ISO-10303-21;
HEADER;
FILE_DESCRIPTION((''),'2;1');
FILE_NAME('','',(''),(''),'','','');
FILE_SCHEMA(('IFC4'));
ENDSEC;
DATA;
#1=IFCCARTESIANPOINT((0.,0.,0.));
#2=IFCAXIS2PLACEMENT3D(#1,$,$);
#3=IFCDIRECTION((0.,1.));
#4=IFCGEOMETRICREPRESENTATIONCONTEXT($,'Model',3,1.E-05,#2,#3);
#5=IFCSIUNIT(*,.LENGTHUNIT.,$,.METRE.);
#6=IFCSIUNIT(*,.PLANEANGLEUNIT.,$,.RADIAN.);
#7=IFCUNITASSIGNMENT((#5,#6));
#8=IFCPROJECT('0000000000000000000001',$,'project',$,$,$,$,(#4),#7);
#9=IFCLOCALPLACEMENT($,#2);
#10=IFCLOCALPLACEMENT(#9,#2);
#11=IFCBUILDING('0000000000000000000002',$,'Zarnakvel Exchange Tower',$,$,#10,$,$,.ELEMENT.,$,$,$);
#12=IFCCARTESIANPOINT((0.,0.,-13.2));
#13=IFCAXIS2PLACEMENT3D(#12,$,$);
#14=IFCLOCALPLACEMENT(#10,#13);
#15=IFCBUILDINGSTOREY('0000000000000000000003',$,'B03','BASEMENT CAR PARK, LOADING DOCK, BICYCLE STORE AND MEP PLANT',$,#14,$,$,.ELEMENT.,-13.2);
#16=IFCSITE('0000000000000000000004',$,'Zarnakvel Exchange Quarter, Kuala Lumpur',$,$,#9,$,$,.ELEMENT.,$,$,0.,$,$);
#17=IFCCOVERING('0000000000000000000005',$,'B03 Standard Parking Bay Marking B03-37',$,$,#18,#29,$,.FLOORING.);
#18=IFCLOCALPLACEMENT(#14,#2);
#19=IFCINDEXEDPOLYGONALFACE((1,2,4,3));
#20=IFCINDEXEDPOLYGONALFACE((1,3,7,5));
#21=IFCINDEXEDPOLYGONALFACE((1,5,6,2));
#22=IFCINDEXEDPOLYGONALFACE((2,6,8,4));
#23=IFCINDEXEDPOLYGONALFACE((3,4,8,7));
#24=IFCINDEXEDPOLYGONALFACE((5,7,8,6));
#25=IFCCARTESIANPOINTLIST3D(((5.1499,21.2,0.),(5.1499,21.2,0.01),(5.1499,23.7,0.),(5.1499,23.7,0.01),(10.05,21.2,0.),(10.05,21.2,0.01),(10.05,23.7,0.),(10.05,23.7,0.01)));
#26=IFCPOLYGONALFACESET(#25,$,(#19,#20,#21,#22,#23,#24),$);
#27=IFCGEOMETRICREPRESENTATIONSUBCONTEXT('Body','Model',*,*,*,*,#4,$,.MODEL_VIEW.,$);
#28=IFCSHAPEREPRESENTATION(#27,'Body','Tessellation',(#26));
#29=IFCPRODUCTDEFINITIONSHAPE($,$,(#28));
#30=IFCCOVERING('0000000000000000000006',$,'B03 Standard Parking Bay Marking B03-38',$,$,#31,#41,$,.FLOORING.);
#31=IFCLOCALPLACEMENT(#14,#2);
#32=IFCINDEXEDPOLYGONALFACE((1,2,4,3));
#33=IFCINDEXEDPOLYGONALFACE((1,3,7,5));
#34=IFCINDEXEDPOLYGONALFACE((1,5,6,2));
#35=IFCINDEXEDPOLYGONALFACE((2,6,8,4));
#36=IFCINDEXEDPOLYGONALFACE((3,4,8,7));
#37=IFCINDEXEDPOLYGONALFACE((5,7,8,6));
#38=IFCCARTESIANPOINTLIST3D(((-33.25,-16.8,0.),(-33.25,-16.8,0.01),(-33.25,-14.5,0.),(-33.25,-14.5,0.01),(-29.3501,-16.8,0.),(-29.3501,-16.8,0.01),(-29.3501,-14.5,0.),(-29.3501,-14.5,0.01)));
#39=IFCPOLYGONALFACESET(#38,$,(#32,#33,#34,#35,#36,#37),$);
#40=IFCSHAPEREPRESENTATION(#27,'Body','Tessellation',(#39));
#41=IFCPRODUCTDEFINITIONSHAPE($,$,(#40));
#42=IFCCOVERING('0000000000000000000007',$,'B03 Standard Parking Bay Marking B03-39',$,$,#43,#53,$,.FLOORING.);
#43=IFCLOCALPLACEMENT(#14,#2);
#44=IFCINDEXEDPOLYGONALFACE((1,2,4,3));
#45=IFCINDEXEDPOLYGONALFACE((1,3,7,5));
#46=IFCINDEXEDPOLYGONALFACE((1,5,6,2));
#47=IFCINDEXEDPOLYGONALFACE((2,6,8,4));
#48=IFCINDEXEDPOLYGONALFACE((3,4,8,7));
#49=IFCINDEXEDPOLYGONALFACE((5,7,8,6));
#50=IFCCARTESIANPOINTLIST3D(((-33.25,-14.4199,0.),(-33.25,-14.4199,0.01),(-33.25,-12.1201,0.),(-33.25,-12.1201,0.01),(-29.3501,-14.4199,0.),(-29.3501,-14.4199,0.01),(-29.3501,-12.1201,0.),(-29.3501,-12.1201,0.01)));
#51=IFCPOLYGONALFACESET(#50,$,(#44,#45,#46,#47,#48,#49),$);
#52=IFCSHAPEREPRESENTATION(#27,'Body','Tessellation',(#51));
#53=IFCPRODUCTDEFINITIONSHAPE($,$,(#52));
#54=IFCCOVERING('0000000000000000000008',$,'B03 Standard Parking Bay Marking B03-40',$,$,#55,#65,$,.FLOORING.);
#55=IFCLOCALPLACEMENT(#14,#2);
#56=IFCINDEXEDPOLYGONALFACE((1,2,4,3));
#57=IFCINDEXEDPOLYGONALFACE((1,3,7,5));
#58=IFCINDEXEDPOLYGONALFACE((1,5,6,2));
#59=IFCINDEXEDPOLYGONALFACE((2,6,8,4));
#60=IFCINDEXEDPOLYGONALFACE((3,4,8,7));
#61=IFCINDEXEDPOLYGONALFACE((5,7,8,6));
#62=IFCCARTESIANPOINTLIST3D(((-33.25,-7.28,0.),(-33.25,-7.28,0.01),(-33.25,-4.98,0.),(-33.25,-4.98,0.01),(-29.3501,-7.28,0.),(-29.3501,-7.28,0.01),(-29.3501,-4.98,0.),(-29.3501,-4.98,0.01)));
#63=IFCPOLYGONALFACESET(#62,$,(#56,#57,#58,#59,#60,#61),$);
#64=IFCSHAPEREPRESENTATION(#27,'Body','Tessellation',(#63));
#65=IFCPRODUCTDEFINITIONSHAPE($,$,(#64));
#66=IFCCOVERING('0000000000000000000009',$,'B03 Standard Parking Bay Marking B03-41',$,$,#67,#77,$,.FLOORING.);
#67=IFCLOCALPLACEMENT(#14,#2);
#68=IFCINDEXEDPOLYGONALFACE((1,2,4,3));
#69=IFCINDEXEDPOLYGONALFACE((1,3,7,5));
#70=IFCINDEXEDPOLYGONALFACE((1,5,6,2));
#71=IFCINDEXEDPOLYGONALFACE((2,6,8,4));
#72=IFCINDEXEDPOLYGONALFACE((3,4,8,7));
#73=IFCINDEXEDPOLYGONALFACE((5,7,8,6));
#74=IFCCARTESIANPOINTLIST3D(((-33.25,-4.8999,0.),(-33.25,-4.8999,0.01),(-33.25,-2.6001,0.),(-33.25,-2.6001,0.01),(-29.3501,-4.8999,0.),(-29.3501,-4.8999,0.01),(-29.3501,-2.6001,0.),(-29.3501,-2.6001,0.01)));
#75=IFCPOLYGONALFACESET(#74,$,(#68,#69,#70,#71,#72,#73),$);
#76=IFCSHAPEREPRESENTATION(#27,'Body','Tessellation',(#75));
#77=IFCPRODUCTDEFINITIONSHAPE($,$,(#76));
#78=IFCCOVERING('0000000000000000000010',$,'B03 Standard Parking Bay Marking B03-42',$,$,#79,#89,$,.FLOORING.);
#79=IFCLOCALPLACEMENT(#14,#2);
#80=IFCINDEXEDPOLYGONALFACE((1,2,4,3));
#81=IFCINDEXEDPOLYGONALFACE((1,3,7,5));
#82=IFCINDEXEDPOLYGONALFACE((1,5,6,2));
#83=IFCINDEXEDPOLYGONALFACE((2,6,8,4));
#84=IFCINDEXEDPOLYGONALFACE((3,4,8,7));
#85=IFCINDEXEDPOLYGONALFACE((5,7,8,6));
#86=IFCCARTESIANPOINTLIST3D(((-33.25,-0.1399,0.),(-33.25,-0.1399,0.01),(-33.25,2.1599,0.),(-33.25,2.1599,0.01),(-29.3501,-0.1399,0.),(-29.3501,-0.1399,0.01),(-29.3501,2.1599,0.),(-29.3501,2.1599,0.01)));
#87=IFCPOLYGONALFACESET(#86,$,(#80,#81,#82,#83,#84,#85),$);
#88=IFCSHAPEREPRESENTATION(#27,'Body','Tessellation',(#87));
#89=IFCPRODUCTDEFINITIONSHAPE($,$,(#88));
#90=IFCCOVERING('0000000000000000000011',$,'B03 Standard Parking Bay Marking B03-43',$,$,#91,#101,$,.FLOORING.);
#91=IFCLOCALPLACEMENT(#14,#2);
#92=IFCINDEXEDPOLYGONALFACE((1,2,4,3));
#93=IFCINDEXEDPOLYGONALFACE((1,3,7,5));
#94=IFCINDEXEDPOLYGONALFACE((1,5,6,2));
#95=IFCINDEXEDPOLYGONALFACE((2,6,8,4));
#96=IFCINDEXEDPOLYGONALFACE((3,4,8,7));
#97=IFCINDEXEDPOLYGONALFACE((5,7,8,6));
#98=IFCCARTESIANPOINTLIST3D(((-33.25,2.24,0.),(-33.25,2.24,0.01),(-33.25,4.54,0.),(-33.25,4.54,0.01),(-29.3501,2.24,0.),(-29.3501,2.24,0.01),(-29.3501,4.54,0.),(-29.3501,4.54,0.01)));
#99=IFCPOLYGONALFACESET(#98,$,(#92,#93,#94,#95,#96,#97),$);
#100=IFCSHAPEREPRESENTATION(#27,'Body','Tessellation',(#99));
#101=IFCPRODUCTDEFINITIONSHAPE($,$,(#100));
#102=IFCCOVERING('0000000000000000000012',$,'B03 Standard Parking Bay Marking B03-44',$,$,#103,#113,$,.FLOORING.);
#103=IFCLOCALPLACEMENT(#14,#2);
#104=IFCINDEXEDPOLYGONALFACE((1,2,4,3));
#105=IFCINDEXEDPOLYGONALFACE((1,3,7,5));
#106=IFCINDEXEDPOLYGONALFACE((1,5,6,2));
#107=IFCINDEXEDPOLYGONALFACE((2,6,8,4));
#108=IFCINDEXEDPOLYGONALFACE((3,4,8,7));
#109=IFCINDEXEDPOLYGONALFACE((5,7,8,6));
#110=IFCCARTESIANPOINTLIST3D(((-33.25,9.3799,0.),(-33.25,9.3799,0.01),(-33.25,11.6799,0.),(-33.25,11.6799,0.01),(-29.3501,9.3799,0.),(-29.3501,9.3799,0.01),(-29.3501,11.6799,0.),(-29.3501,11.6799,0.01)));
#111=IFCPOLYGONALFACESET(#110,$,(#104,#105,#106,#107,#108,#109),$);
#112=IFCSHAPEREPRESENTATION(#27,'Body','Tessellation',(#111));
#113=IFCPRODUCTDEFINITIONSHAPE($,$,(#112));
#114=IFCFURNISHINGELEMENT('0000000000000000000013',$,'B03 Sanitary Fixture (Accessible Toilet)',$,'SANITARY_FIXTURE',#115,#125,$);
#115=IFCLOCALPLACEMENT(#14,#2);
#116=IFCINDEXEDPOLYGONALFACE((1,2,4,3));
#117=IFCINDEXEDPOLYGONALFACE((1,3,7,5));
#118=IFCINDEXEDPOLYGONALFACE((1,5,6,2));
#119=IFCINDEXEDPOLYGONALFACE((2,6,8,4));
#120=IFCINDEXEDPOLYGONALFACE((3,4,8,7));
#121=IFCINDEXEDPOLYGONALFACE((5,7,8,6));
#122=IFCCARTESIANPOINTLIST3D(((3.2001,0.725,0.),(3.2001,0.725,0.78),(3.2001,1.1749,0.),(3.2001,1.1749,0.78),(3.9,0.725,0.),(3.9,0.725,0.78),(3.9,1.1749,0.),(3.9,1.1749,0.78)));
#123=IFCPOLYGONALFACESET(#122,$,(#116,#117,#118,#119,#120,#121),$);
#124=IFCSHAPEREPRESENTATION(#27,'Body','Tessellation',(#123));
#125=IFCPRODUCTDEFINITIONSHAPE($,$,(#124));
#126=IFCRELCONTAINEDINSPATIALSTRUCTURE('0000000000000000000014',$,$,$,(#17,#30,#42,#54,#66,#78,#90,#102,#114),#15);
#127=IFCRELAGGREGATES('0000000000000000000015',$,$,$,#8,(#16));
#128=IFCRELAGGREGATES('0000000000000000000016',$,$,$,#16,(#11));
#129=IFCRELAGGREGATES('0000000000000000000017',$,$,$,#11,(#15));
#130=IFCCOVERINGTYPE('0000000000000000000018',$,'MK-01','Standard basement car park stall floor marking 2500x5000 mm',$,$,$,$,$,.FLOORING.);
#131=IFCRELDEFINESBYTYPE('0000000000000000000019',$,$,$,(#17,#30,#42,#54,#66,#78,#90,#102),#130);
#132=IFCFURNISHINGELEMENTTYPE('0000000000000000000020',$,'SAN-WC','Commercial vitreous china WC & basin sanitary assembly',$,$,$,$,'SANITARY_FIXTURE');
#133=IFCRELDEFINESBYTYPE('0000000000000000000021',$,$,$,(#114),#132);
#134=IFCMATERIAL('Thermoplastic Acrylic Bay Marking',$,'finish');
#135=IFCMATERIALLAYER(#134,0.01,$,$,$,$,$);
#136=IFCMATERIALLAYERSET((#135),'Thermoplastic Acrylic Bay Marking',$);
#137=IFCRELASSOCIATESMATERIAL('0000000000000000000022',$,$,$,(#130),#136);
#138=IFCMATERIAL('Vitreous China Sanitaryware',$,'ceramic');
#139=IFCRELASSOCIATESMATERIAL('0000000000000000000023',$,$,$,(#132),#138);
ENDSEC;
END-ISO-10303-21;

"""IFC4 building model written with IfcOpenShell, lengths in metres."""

from ifc_helpers import new_model, si_unit, direction, frame, origin, origin_2d, place, context, subcontext, project, spatial, polyline, rectangle, outline, extrude, source, transform, mapped, material, layer, layer_set, type_object, element, save


model = new_model("IFC4")

# Units and contexts
model_context = context("Model", 3, precision=1e-05, world=origin(), true_north=direction((0.0, 1.0)))
body_context = subcontext(model_context, "Body", "Model", "MODEL_VIEW")
ifc_project = project(units=[si_unit("LENGTHUNIT", "METRE"), si_unit("PLANEANGLEUNIT", "RADIAN")], contexts=[model_context])

# Site, building, storey
site_placement = place(None, origin())
site = spatial("IfcSite", under=ifc_project, at=site_placement, Name="Zarnakvel Exchange Quarter, Kuala Lumpur", CompositionType="ELEMENT", RefElevation=0.0)
building_placement = place(site_placement, origin())
building = spatial("IfcBuilding", under=site, at=building_placement, Name="Zarnakvel Exchange Tower", CompositionType="ELEMENT")
storey_placement = place(building_placement, frame((0.0, 0.0, -13.2)))
storey = spatial("IfcBuildingStorey", under=building, at=storey_placement, Name="B03", Description="BASEMENT CAR PARK, LOADING DOCK, BICYCLE STORE AND MEP PLANT", CompositionType="ELEMENT", Elevation=-13.2)

# Coverings
ifc_material_1 = material(Name="Thermoplastic Acrylic Bay Marking", Category="finish")
ifc_layer = layer(ifc_material_1, 0.01)
ifc_layer_set = layer_set([ifc_layer], Name="Thermoplastic Acrylic Bay Marking")
covering_type = type_object("IfcCoveringType", Name="MK-01", Description="Standard basement car park stall floor marking 2500x5000 mm", PredefinedType="FLOORING", material=ifc_layer_set)
covering_1_placement = place(storey_placement, origin())
element("IfcCovering", 1, at=covering_1_placement, inside=storey, type_object=covering_type, Name="B03 Standard Parking Bay Marking B03-37", PredefinedType="FLOORING", context=body_context, shape_type="SweptSolid", body=[
    extrude(outline(polyline([(5.1499, 21.2), (10.05, 21.2), (10.05, 23.7), (5.1499, 23.7), (5.1499, 21.2)])), origin(), (0.0, 0.0, 1.0), 0.01),
])
covering_2_placement = place(storey_placement, origin())
element("IfcCovering", 2, at=covering_2_placement, inside=storey, type_object=covering_type, Name="B03 Standard Parking Bay Marking B03-38", PredefinedType="FLOORING", context=body_context, shape_type="SweptSolid", body=[
    extrude(outline(polyline([(-33.25, -16.8), (-29.3501, -16.8), (-29.3501, -14.5), (-33.25, -14.5), (-33.25, -16.8)])), origin(), (0.0, 0.0, 1.0), 0.01),
])
covering_3_placement = place(storey_placement, origin())
element("IfcCovering", 3, at=covering_3_placement, inside=storey, type_object=covering_type, Name="B03 Standard Parking Bay Marking B03-39", PredefinedType="FLOORING", context=body_context, shape_type="SweptSolid", body=[
    extrude(outline(polyline([(-33.25, -14.4199), (-29.3501, -14.4199), (-29.3501, -12.1201), (-33.25, -12.1201), (-33.25, -14.4199)])), origin(), (0.0, 0.0, 1.0), 0.01),
])
covering_4_placement = place(storey_placement, origin())
element("IfcCovering", 4, at=covering_4_placement, inside=storey, type_object=covering_type, Name="B03 Standard Parking Bay Marking B03-40", PredefinedType="FLOORING", context=body_context, shape_type="SweptSolid", body=[
    extrude(outline(polyline([(-33.25, -7.28), (-29.3501, -7.28), (-29.3501, -4.98), (-33.25, -4.98), (-33.25, -7.28)])), origin(), (0.0, 0.0, 1.0), 0.01),
])
covering_5_placement = place(storey_placement, origin())
element("IfcCovering", 5, at=covering_5_placement, inside=storey, type_object=covering_type, Name="B03 Standard Parking Bay Marking B03-41", PredefinedType="FLOORING", context=body_context, shape_type="SweptSolid", body=[
    extrude(outline(polyline([(-33.25, -4.8999), (-29.3501, -4.8999), (-29.3501, -2.6001), (-33.25, -2.6001), (-33.25, -4.8999)])), origin(), (0.0, 0.0, 1.0), 0.01),
])
covering_6_placement = place(storey_placement, origin())
element("IfcCovering", 6, at=covering_6_placement, inside=storey, type_object=covering_type, Name="B03 Standard Parking Bay Marking B03-42", PredefinedType="FLOORING", context=body_context, shape_type="SweptSolid", body=[
    extrude(outline(polyline([(-33.25, -0.1399), (-29.3501, -0.1399), (-29.3501, 2.1599), (-33.25, 2.1599), (-33.25, -0.1399)])), origin(), (0.0, 0.0, 1.0), 0.01),
])
covering_7_placement = place(storey_placement, origin())
element("IfcCovering", 7, at=covering_7_placement, inside=storey, type_object=covering_type, Name="B03 Standard Parking Bay Marking B03-43", PredefinedType="FLOORING", context=body_context, shape_type="SweptSolid", body=[
    extrude(outline(polyline([(-33.25, 2.24), (-29.3501, 2.24), (-29.3501, 4.54), (-33.25, 4.54), (-33.25, 2.24)])), origin(), (0.0, 0.0, 1.0), 0.01),
])
covering_8_placement = place(storey_placement, origin())
element("IfcCovering", 8, at=covering_8_placement, inside=storey, type_object=covering_type, Name="B03 Standard Parking Bay Marking B03-44", PredefinedType="FLOORING", context=body_context, shape_type="SweptSolid", body=[
    extrude(outline(polyline([(-33.25, 9.3799), (-29.3501, 9.3799), (-29.3501, 11.6799), (-33.25, 11.6799), (-33.25, 9.3799)])), origin(), (0.0, 0.0, 1.0), 0.01),
])

# Furnishing element
ifc_material_2 = material(Name="Vitreous China Sanitaryware", Category="ceramic")
furnishing_element_type = type_object("IfcFurnishingElementType", Name="SAN-WC", Description="Commercial vitreous china WC & basin sanitary assembly", ElementType="SANITARY_FIXTURE", material=ifc_material_2)
shared_shape = source(origin(), body_context, "Body", "SweptSolid", [
    extrude(rectangle(XDim=0.7, YDim=0.45, at=origin_2d()), origin(), (0.0, 0.0, 1.0), 0.78),
])
furnishing_placement = place(storey_placement, frame((3.55, 0.95, 0.0), z_axis=(0.0, 0.0, 1.0), x_axis=(1.0, 0.0, 0.0)))
element("IfcFurnishingElement", 9, at=furnishing_placement, inside=storey, type_object=furnishing_element_type, Name="B03 Sanitary Fixture (Accessible Toilet)", ObjectType="SANITARY_FIXTURE", context=body_context, shape_type="MappedRepresentation", body=[
    mapped(shared_shape, transform((0.0, 0.0, 0.0), x_axis=(1.0, 0.0, 0.0), y_axis=(0.0, 1.0, 0.0), z_axis=(0.0, 0.0, 1.0), scale=1.0)),
])

save(model, "model.ifc")
